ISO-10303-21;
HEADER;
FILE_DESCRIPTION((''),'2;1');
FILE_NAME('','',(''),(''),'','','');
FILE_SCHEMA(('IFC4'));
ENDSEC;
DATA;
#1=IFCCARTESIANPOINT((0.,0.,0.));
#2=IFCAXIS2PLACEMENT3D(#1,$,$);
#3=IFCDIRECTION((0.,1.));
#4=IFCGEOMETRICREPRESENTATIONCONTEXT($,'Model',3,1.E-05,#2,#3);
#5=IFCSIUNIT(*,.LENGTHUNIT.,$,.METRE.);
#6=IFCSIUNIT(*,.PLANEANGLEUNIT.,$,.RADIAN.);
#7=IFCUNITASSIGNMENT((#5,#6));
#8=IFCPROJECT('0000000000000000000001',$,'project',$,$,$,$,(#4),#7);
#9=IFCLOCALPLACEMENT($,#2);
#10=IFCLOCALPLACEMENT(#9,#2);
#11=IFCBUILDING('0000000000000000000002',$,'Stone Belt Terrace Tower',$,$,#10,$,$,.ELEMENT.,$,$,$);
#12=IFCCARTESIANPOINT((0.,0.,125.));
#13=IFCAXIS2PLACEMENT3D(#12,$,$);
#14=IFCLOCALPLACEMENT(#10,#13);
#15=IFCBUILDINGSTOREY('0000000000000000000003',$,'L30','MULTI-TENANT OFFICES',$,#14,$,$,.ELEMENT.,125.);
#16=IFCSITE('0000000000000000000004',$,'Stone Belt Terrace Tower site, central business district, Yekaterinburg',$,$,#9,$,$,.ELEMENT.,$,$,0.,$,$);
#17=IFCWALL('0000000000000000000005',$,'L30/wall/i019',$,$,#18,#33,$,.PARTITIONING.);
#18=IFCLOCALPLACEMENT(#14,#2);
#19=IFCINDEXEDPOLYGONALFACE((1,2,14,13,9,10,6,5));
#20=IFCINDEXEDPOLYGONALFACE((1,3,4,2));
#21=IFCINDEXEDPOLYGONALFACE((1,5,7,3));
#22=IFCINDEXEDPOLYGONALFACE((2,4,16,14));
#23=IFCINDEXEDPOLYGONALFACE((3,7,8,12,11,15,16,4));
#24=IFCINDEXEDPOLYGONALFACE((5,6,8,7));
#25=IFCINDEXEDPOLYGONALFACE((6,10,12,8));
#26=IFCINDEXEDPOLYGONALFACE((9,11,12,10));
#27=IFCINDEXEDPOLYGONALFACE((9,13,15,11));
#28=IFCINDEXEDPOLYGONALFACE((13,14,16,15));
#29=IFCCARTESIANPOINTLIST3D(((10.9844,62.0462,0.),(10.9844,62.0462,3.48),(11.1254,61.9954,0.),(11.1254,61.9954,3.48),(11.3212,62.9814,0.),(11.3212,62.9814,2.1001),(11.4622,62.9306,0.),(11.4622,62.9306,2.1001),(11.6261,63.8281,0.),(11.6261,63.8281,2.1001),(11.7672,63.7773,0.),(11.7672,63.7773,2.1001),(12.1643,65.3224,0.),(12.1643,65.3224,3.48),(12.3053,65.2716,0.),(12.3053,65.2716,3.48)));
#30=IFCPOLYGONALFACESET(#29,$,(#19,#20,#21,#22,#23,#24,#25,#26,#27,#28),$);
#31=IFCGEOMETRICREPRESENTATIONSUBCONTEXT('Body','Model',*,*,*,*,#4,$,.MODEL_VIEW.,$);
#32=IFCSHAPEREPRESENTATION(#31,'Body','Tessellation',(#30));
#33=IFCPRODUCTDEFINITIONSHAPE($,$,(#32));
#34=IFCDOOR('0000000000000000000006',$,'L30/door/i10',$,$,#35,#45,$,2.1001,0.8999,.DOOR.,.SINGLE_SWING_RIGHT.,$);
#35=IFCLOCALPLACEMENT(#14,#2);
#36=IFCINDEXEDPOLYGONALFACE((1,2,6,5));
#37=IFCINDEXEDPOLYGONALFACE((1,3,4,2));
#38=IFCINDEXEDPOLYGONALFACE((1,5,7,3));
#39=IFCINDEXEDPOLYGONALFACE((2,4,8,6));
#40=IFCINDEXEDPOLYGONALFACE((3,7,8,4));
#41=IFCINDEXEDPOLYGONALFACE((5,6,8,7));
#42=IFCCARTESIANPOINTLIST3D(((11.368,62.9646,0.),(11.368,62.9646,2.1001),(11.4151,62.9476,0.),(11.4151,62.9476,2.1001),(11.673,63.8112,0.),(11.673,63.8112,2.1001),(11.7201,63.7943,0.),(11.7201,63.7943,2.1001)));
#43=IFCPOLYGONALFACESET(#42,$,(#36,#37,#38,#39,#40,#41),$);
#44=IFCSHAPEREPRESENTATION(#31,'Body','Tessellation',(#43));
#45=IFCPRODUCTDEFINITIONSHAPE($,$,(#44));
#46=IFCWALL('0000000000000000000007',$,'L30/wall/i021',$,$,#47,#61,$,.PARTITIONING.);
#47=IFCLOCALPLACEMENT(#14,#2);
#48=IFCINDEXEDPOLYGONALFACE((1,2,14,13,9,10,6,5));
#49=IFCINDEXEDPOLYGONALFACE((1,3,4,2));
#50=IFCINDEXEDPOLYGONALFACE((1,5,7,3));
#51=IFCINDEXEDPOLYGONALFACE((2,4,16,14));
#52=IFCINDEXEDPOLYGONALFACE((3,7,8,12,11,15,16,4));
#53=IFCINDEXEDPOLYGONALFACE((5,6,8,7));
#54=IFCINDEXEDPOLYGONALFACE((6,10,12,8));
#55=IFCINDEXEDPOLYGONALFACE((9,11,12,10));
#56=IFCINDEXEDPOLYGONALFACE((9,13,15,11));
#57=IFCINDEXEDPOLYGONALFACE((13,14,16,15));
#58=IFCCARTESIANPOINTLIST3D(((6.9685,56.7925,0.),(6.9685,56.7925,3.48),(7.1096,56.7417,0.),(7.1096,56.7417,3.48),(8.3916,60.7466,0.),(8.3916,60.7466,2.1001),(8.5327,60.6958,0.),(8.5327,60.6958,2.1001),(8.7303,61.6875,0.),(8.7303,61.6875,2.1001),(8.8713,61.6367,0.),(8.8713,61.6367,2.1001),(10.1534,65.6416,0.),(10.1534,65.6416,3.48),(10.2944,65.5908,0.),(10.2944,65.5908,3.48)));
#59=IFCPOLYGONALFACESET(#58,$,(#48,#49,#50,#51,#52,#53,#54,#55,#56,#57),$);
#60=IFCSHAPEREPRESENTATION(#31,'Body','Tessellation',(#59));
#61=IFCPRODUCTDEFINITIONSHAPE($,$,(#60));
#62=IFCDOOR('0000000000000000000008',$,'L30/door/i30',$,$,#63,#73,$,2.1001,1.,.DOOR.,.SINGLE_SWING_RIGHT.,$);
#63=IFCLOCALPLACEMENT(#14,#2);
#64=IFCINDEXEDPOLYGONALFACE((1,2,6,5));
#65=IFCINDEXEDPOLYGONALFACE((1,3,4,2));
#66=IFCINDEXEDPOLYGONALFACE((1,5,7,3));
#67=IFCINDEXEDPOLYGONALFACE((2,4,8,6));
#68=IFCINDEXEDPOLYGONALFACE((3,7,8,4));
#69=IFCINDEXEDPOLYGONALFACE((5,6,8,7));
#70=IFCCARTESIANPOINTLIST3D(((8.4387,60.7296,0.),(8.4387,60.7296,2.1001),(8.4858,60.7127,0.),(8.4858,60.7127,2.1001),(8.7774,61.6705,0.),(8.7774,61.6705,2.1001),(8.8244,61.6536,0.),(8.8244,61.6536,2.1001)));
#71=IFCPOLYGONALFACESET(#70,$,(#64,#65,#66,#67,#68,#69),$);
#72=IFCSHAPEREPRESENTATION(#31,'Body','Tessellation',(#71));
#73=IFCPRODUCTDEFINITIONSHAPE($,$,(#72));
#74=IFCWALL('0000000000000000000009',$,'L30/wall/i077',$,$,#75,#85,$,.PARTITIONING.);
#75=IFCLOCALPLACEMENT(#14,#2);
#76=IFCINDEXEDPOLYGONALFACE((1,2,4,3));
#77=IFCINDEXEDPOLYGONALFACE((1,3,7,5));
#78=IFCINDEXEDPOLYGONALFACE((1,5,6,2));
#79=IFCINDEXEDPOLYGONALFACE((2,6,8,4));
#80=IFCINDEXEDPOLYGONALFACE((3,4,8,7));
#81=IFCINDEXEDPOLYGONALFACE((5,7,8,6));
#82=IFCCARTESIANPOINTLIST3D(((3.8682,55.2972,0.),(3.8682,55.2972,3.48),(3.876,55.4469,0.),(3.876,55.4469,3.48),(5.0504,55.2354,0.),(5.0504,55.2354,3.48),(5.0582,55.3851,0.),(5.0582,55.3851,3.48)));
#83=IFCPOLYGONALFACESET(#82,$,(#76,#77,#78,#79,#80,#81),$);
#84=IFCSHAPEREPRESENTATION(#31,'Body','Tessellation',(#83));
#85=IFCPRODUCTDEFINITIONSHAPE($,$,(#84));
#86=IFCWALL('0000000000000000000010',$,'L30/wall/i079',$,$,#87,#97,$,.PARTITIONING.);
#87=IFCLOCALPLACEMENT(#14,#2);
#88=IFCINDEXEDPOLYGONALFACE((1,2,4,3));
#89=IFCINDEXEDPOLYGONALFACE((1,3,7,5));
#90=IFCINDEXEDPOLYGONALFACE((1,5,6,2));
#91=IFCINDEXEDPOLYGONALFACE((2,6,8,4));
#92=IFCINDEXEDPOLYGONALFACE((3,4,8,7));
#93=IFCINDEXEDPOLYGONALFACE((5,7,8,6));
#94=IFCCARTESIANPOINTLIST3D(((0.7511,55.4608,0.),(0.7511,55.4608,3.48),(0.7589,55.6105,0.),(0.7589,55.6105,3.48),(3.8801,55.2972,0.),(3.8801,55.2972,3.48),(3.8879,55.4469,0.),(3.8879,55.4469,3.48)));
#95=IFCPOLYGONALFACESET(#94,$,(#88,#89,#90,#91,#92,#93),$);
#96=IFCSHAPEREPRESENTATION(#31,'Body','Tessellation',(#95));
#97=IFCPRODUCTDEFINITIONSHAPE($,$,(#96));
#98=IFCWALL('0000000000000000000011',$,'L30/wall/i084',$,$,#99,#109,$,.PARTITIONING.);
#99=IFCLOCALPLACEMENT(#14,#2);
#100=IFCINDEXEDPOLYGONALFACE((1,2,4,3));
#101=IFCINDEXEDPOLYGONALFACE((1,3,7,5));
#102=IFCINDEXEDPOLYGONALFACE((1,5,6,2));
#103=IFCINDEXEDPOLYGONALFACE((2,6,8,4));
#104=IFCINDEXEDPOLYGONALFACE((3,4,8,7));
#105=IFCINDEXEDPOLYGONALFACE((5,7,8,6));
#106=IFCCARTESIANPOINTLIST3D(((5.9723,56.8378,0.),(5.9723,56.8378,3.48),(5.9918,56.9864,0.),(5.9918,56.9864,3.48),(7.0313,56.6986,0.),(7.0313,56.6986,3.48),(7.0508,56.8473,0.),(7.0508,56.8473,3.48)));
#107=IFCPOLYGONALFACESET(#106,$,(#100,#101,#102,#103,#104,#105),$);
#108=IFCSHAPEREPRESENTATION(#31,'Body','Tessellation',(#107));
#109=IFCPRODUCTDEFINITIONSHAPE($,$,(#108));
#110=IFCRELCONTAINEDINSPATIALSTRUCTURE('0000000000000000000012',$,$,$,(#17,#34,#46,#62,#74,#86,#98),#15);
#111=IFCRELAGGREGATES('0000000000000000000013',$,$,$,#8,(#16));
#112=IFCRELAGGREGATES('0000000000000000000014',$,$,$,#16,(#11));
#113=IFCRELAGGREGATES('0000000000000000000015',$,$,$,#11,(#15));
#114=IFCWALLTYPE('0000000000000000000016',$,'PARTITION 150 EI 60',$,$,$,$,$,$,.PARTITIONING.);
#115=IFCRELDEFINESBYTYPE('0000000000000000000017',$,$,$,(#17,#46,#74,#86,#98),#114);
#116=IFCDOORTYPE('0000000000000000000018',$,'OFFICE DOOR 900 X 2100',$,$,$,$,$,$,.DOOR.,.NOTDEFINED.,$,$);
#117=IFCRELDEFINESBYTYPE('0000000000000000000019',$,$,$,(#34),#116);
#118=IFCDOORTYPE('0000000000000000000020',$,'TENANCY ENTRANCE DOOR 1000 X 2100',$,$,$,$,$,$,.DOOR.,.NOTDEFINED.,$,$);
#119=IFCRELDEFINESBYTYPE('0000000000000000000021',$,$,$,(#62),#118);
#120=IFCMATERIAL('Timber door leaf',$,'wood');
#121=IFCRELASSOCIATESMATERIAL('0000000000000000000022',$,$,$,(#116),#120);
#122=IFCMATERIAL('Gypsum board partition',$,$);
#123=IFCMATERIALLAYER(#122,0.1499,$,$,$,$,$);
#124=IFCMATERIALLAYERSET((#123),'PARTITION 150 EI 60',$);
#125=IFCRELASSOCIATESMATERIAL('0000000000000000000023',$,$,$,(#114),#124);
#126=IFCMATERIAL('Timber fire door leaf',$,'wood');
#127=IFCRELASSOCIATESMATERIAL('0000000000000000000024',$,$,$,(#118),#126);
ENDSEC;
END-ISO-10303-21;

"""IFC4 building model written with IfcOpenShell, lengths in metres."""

from ifc_helpers import new_model, si_unit, direction, frame, frame_2d, origin, place, context, subcontext, project, spatial, rectangle, extrude, material, layer, layer_set, type_object, element, fill, save


model = new_model("IFC4")

# Units and contexts
model_context = context("Model", 3, precision=1e-05, world=origin(), true_north=direction((0.0, 1.0)))
body_context = subcontext(model_context, "Body", "Model", "MODEL_VIEW")
ifc_project = project(units=[si_unit("LENGTHUNIT", "METRE"), si_unit("PLANEANGLEUNIT", "RADIAN")], contexts=[model_context])

# Site, building, storey
site_placement = place(None, origin())
site = spatial("IfcSite", under=ifc_project, at=site_placement, Name="Stone Belt Terrace Tower site, central business district, Yekaterinburg", CompositionType="ELEMENT", RefElevation=0.0)
building_placement = place(site_placement, origin())
building = spatial("IfcBuilding", under=site, at=building_placement, Name="Stone Belt Terrace Tower", CompositionType="ELEMENT")
storey_placement = place(building_placement, frame((0.0, 0.0, 125.0)))
storey = spatial("IfcBuildingStorey", under=building, at=storey_placement, Name="L30", Description="MULTI-TENANT OFFICES", CompositionType="ELEMENT", Elevation=125.0)

# Shared definitions
ifc_material_1 = material(Name="Timber door leaf", Category="wood")

# Walls, openings, doors
ifc_material_2 = material(Name="Gypsum board partition")
door_type_1 = type_object("IfcDoorType", Name="OFFICE DOOR 900 X 2100", OperationType="NOTDEFINED", PredefinedType="DOOR", material=ifc_material_1)
ifc_layer_1 = layer(ifc_material_2, 0.1499)
ifc_layer_set_1 = layer_set([ifc_layer_1], Name="PARTITION 150 EI 60")
wall_type_1 = type_object("IfcWallType", Name="PARTITION 150 EI 60", PredefinedType="PARTITIONING", material=ifc_layer_set_1)
wall_1_placement = place(storey_placement, frame((12.2349, 65.2971, 0.0), z_axis=(0.0, 0.0, 1.0), x_axis=(-0.338854, -0.940839, 0.0)))
wall_1 = element("IfcWall", 1, at=wall_1_placement, inside=storey, type_object=wall_type_1, Name="L30/wall/i019", PredefinedType="PARTITIONING", context=body_context, shape_type="SweptSolid", body=[
    extrude(rectangle(XDim=3.4822, YDim=0.1499, at=frame_2d((1.7412, 0.0))), origin(), (0.0, 0.0, 1.0), 3.48),
])
opening_1_placement = place(wall_1_placement, frame((1.5884, 0.0, 0.0)))
opening_1 = element("IfcOpeningElement", 2, at=opening_1_placement, cuts=wall_1, PredefinedType="OPENING", context=body_context, shape_type="SweptSolid", body=[
    extrude(rectangle(XDim=0.8999, YDim=2.1001, at=frame_2d((0.45, 1.05))), frame((0.0, 0.085, 0.0), z_axis=(0.0, -1.0, 0.0), x_axis=(1.0, 0.0, 0.0)), (0.0, 0.0, 1.0), 0.1699),
])
door_1_placement = place(opening_1_placement, origin())
door_1 = element("IfcDoor", 3, at=door_1_placement, inside=storey, type_object=door_type_1, Name="L30/door/i10", OperationType="SINGLE_SWING_RIGHT", OverallHeight=2.1001, OverallWidth=0.8999, PredefinedType="DOOR", context=body_context, shape_type="SweptSolid", body=[
    extrude(rectangle(XDim=0.8999, YDim=2.1001, at=frame_2d((0.45, 1.05))), frame((0.0, 0.0249, 0.0), z_axis=(0.0, -1.0, 0.0), x_axis=(1.0, 0.0, 0.0)), (0.0, 0.0, 1.0), 0.05),
])
fill(opening_1, door_1)
wall_2_placement = place(storey_placement, frame((7.0391, 56.7671, 0.0), z_axis=(0.0, 0.0, 1.0), x_axis=(0.338638, 0.940917, 0.0)))
wall_2 = element("IfcWall", 4, at=wall_2_placement, inside=storey, type_object=wall_type_1, Name="L30/wall/i021", PredefinedType="PARTITIONING", context=body_context, shape_type="SweptSolid", body=[
    extrude(rectangle(XDim=9.4048, YDim=0.1499, at=frame_2d((4.7024, 0.0))), origin(), (0.0, 0.0, 1.0), 3.48),
])
opening_2_placement = place(wall_2_placement, frame((4.2024, 0.0, 0.0)))
opening_2 = element("IfcOpeningElement", 5, at=opening_2_placement, cuts=wall_2, PredefinedType="OPENING", context=body_context, shape_type="SweptSolid", body=[
    extrude(rectangle(XDim=1.0, YDim=2.1001, at=frame_2d((0.5, 1.05))), frame((0.0, 0.085, 0.0), z_axis=(0.0, -1.0, 0.0), x_axis=(1.0, 0.0, 0.0)), (0.0, 0.0, 1.0), 0.1699),
])
ifc_material_3 = material(Name="Timber fire door leaf", Category="wood")
door_type_2 = type_object("IfcDoorType", Name="TENANCY ENTRANCE DOOR 1000 X 2100", OperationType="NOTDEFINED", PredefinedType="DOOR", material=ifc_material_3)
door_2_placement = place(opening_2_placement, origin())
door_2 = element("IfcDoor", 6, at=door_2_placement, inside=storey, type_object=door_type_2, Name="L30/door/i30", OperationType="SINGLE_SWING_RIGHT", OverallHeight=2.1001, OverallWidth=1.0, PredefinedType="DOOR", context=body_context, shape_type="SweptSolid", body=[
    extrude(rectangle(XDim=1.0, YDim=2.1001, at=frame_2d((0.5, 1.05))), frame((0.0, 0.0249, 0.0), z_axis=(0.0, -1.0, 0.0), x_axis=(1.0, 0.0, 0.0)), (0.0, 0.0, 1.0), 0.05),
])
fill(opening_2, door_2)

# Walls
wall_3_placement = place(storey_placement, frame((5.0542, 55.3103, 0.0), z_axis=(0.0, 0.0, 1.0), x_axis=(-0.998638, 0.05218, 0.0)))
element("IfcWall", 7, at=wall_3_placement, inside=storey, type_object=wall_type_1, Name="L30/wall/i077", PredefinedType="PARTITIONING", context=body_context, shape_type="SweptSolid", body=[
    extrude(rectangle(XDim=1.1838, YDim=0.1499, at=frame_2d((0.5918, 0.0))), origin(), (0.0, 0.0, 1.0), 3.48),
])
wall_4_placement = place(storey_placement, frame((3.884, 55.3721, 0.0), z_axis=(0.0, 0.0, 1.0), x_axis=(-0.998636, 0.052203, 0.0)))
element("IfcWall", 8, at=wall_4_placement, inside=storey, type_object=wall_type_1, Name="L30/wall/i079", PredefinedType="PARTITIONING", context=body_context, shape_type="SweptSolid", body=[
    extrude(rectangle(XDim=3.1333, YDim=0.1499, at=frame_2d((1.5667, 0.0))), origin(), (0.0, 0.0, 1.0), 3.48),
])
wall_5_placement = place(storey_placement, frame((5.9819, 56.9121, 0.0), z_axis=(0.0, 0.0, 1.0), x_axis=(0.991478, -0.130277, 0.0)))
element("IfcWall", 9, at=wall_5_placement, inside=storey, type_object=wall_type_1, Name="L30/wall/i084", PredefinedType="PARTITIONING", context=body_context, shape_type="SweptSolid", body=[
    extrude(rectangle(XDim=1.0681, YDim=0.1499, at=frame_2d((0.5342, 0.0))), origin(), (0.0, 0.0, 1.0), 3.48),
])

save(model, "model.ifc")
